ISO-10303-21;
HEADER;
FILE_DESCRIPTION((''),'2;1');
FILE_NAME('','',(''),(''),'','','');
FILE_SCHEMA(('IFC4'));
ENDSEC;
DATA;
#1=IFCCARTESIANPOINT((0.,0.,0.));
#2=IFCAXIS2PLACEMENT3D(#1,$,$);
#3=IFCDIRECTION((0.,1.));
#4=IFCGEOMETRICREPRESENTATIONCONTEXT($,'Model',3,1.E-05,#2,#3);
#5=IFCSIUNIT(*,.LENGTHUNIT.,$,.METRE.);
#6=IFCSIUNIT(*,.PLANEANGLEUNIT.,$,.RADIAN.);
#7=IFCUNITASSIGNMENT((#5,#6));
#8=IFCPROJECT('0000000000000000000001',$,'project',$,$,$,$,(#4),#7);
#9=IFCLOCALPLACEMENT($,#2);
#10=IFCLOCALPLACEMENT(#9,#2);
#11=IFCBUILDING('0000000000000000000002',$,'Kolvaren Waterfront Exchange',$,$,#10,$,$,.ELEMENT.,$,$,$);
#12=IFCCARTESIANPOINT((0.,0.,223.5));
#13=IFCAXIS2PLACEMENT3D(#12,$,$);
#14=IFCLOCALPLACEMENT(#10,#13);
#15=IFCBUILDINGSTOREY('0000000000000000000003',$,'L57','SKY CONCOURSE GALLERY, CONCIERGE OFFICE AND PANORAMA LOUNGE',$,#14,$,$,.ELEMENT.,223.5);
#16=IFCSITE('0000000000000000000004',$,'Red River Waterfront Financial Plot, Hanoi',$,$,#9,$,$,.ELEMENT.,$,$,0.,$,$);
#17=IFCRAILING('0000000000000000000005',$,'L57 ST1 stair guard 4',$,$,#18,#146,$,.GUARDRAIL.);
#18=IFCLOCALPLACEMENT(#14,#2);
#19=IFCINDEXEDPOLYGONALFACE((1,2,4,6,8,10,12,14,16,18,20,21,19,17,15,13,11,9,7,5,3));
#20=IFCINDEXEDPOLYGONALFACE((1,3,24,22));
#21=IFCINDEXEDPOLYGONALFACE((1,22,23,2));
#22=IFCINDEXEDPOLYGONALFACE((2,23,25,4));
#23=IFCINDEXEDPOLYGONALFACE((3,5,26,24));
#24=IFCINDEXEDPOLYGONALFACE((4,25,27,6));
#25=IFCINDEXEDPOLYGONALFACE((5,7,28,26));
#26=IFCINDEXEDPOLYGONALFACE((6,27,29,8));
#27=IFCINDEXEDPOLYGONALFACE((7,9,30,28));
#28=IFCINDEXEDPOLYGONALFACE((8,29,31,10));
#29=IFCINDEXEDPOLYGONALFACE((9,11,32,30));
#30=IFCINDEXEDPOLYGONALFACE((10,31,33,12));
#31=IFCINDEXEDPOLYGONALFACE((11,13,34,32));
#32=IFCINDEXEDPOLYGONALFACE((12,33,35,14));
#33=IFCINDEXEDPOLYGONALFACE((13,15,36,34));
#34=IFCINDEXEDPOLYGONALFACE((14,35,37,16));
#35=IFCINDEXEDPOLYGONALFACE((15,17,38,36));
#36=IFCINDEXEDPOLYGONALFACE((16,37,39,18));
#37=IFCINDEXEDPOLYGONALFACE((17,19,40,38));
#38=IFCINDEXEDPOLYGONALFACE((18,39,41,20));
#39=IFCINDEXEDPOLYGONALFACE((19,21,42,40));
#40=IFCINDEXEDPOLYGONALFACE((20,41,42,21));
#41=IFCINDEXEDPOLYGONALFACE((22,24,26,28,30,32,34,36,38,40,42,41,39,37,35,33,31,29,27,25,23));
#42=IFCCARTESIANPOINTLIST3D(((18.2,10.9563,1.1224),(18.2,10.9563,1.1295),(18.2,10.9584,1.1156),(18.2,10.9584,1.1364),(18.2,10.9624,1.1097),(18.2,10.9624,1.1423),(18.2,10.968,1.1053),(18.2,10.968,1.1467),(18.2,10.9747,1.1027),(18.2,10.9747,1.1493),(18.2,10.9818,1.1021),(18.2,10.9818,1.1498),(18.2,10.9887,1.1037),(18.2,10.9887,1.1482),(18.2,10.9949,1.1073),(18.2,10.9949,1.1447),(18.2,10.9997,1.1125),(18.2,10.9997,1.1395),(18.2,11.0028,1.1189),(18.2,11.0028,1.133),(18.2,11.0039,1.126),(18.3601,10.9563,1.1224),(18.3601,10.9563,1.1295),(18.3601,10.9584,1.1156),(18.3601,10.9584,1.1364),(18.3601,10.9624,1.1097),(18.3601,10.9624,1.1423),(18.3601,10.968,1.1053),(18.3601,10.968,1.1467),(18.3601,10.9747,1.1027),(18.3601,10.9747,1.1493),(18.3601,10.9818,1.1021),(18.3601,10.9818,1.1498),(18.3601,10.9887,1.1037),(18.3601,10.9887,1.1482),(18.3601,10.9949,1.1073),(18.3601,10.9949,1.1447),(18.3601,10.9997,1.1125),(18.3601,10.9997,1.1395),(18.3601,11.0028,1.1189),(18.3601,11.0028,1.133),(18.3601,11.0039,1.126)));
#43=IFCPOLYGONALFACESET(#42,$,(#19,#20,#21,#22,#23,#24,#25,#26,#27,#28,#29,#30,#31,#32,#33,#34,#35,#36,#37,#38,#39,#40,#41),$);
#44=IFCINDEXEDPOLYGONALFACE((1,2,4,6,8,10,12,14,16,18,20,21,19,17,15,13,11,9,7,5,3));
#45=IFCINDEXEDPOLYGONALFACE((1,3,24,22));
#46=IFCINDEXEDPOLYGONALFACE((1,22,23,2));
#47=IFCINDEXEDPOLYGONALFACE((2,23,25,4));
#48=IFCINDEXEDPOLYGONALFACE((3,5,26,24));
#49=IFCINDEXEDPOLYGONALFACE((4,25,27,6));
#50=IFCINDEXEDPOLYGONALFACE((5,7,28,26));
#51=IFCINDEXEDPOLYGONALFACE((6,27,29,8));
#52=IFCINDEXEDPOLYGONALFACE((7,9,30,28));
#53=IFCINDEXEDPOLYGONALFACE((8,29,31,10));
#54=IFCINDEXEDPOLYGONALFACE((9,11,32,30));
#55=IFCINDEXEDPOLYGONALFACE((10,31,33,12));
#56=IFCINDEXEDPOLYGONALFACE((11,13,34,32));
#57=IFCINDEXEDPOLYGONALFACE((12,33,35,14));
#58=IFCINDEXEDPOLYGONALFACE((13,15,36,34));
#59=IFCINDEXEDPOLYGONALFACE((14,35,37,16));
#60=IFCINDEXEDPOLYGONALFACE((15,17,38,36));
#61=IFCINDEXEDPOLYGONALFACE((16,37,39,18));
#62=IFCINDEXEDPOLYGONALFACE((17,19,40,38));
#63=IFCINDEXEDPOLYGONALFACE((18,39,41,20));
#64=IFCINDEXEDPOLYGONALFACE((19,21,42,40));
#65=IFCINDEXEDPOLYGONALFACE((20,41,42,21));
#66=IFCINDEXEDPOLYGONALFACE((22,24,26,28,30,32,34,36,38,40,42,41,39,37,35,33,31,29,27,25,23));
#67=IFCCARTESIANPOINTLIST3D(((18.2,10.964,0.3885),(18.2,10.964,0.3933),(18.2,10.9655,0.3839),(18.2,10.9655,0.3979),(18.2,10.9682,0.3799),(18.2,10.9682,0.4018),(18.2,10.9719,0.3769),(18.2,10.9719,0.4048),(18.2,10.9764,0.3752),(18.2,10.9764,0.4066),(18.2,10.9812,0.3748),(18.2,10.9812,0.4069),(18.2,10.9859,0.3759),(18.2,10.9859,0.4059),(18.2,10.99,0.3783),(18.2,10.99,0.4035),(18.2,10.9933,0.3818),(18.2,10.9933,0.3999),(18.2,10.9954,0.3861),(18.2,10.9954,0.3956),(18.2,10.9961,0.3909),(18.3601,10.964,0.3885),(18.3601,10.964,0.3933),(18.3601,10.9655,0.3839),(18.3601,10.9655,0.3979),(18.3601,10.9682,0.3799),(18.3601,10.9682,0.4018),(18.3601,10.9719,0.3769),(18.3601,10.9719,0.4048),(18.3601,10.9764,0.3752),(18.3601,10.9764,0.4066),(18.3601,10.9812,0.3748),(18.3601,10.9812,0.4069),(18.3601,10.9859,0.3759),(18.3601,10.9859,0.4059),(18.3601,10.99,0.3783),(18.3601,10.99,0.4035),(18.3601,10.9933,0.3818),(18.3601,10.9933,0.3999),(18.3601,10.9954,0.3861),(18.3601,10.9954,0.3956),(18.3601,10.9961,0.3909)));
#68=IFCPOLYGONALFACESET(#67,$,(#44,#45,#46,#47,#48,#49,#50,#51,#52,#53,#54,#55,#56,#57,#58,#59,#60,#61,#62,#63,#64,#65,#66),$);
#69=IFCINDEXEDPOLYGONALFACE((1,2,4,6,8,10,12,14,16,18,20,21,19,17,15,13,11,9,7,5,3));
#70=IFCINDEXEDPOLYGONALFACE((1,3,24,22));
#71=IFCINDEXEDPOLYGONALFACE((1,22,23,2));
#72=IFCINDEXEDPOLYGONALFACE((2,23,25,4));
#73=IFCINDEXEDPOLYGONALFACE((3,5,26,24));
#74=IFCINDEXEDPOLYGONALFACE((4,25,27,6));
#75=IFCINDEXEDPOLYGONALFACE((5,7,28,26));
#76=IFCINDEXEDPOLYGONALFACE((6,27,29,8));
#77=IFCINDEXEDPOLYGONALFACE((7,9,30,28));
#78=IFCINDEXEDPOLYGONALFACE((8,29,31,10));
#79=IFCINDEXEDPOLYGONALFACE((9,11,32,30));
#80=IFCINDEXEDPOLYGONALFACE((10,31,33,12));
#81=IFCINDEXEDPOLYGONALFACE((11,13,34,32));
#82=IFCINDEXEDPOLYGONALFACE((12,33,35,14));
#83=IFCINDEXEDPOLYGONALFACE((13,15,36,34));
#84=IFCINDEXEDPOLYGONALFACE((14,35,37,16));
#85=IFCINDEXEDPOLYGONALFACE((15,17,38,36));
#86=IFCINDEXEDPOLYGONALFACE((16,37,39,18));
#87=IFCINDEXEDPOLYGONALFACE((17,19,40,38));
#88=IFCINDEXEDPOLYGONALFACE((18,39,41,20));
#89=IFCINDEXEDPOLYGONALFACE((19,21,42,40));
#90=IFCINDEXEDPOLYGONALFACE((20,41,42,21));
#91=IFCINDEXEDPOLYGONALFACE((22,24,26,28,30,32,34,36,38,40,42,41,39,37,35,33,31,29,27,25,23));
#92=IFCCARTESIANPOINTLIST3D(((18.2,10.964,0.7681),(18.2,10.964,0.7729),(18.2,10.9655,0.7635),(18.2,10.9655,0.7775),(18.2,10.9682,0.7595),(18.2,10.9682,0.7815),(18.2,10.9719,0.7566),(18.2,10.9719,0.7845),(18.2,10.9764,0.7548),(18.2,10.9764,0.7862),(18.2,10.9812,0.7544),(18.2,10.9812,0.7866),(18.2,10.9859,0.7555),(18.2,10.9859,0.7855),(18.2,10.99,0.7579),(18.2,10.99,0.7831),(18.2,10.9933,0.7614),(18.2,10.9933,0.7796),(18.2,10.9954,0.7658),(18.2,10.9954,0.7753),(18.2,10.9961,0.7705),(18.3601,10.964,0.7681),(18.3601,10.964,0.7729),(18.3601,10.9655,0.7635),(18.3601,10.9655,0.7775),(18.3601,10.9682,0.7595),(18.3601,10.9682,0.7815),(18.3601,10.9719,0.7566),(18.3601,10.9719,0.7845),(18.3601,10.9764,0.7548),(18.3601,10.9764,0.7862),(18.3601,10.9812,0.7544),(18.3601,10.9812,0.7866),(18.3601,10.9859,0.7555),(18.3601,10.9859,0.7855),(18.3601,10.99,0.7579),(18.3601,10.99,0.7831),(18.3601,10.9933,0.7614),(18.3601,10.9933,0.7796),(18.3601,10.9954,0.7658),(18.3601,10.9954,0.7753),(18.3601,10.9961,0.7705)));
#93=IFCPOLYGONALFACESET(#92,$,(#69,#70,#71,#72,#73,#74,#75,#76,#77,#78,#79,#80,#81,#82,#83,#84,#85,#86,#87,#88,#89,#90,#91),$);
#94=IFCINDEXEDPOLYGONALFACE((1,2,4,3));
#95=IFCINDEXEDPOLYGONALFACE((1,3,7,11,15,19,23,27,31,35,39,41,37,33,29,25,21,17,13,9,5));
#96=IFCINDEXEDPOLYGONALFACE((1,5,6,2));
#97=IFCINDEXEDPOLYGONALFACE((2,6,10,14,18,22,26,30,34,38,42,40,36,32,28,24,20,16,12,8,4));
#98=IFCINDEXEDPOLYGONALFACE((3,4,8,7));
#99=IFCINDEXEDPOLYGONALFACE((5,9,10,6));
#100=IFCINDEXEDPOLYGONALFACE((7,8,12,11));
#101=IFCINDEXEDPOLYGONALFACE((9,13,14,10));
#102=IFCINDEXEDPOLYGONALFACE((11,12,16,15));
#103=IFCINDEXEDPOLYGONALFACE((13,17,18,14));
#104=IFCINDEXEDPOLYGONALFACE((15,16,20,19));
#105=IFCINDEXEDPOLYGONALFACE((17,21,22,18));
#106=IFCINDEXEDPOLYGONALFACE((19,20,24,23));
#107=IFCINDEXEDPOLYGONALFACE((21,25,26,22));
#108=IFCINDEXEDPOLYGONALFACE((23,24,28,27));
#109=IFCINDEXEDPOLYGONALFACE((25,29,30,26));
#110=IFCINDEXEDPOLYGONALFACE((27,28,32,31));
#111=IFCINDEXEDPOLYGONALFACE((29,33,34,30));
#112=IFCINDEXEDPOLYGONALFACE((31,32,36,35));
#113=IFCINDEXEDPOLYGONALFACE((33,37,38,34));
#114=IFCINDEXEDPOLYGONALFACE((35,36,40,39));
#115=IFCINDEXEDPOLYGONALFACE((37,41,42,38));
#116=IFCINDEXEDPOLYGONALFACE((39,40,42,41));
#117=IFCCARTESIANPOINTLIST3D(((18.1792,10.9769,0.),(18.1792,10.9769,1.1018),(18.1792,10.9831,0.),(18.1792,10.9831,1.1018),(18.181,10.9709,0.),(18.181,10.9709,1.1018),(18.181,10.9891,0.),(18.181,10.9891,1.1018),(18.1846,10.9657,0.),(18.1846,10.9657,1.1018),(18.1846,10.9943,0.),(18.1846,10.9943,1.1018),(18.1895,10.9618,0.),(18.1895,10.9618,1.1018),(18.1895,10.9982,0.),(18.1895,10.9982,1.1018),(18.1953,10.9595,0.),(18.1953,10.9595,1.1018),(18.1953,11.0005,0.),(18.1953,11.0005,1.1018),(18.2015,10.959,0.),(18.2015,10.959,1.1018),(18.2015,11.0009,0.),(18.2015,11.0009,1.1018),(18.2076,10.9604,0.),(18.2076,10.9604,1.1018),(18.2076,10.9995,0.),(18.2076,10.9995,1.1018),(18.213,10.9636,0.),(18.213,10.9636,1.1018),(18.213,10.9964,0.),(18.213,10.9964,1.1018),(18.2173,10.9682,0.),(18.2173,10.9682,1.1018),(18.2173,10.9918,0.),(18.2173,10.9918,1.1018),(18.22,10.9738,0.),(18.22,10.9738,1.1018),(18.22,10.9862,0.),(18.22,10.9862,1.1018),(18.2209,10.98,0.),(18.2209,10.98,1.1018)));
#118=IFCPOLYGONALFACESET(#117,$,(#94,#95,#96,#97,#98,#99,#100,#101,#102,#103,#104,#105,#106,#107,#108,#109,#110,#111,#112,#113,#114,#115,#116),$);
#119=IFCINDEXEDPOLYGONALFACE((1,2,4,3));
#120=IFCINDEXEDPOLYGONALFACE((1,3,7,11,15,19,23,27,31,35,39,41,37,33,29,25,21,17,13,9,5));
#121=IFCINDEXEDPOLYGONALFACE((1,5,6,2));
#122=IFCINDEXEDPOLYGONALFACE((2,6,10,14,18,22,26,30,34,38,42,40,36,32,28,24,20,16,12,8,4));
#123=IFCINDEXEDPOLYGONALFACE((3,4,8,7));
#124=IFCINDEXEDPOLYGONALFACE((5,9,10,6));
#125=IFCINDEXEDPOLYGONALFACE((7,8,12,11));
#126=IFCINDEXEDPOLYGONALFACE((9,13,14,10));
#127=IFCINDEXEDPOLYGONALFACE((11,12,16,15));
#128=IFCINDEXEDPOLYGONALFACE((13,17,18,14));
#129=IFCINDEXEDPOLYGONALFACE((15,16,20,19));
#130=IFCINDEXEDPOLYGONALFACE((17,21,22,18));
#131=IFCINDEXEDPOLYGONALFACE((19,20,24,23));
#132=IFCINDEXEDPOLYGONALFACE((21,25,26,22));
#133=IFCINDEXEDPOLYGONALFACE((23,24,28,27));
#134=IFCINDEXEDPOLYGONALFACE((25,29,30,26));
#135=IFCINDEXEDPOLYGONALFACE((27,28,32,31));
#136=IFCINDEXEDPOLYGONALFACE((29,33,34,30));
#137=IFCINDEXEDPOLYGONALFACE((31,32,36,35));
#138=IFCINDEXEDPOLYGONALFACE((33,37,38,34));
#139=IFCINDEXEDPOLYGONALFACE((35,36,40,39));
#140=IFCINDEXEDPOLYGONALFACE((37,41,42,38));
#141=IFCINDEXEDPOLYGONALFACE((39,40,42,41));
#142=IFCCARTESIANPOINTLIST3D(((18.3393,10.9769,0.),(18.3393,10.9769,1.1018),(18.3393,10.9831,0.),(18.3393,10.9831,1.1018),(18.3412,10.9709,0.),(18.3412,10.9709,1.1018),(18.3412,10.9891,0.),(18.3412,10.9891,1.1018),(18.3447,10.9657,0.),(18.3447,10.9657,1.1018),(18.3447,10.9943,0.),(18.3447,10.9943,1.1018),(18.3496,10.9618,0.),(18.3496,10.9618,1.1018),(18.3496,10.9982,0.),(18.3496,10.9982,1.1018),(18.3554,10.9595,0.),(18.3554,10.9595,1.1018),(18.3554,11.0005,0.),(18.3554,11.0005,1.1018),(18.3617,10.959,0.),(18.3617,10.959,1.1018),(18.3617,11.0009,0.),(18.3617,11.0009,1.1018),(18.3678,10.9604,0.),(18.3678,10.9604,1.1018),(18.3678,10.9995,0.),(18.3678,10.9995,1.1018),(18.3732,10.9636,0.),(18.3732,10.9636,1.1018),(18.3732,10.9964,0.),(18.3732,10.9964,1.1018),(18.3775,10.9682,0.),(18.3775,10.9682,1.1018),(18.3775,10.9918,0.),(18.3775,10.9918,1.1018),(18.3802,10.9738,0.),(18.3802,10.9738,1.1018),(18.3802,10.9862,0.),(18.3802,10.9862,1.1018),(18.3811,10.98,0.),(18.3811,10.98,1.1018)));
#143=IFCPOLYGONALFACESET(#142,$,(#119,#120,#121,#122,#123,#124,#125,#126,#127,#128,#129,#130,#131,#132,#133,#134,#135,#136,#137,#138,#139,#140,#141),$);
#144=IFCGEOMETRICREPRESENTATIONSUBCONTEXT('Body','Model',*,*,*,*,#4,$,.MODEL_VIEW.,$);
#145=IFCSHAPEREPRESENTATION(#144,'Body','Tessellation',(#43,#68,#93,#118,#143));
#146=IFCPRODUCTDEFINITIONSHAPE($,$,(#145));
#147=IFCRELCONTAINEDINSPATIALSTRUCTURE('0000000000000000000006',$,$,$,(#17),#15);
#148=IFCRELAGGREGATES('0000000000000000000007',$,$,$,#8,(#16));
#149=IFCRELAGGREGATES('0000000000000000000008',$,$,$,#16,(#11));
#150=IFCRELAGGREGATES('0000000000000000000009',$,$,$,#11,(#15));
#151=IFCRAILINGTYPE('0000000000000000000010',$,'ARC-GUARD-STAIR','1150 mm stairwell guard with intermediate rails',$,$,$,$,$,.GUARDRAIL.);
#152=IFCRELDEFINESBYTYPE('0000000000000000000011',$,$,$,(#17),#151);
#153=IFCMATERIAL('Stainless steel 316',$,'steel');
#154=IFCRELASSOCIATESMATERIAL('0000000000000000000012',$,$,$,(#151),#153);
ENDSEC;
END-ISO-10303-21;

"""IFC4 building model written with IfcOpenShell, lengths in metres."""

from ifc_helpers import new_model, si_unit, direction, frame, origin, origin_2d, place, context, subcontext, project, spatial, circle, extrude, material, type_object, element, save


model = new_model("IFC4")

# Units and contexts
model_context = context("Model", 3, precision=1e-05, world=origin(), true_north=direction((0.0, 1.0)))
body_context = subcontext(model_context, "Body", "Model", "MODEL_VIEW")
ifc_project = project(units=[si_unit("LENGTHUNIT", "METRE"), si_unit("PLANEANGLEUNIT", "RADIAN")], contexts=[model_context])

# Site, building, storey
site_placement = place(None, origin())
site = spatial("IfcSite", under=ifc_project, at=site_placement, Name="Red River Waterfront Financial Plot, Hanoi", CompositionType="ELEMENT", RefElevation=0.0)
building_placement = place(site_placement, origin())
building = spatial("IfcBuilding", under=site, at=building_placement, Name="Kolvaren Waterfront Exchange", CompositionType="ELEMENT")
storey_placement = place(building_placement, frame((0.0, 0.0, 223.5)))
storey = spatial("IfcBuildingStorey", under=building, at=storey_placement, Name="L57", Description="SKY CONCOURSE GALLERY, CONCIERGE OFFICE AND PANORAMA LOUNGE", CompositionType="ELEMENT", Elevation=223.5)

# Railing
ifc_material_1 = material(Name="Stainless steel 316", Category="steel")
railing_type_1 = type_object("IfcRailingType", Name="ARC-GUARD-STAIR", Description="1150 mm stairwell guard with intermediate rails", PredefinedType="GUARDRAIL", material=ifc_material_1)
railing_1_placement = place(storey_placement, frame((18.2, 10.98, 0.0)))
element("IfcRailing", 1, at=railing_1_placement, inside=storey, type_object=railing_type_1, Name="L57 ST1 stair guard 4", PredefinedType="GUARDRAIL", context=body_context, shape_type="SweptSolid", body=[
    extrude(circle(Radius=0.0239, at=origin_2d()), frame((0.0, 0.0, 1.126), z_axis=(1.0, 0.0, 0.0), x_axis=(0.0, 1.0, 0.0)), (0.0, 0.0, 1.0), 0.1602),
    extrude(circle(Radius=0.0161, at=origin_2d()), frame((0.0, 0.0, 0.3909), z_axis=(1.0, 0.0, 0.0), x_axis=(0.0, 1.0, 0.0)), (0.0, 0.0, 1.0), 0.1602),
    extrude(circle(Radius=0.0161, at=origin_2d()), frame((0.0, 0.0, 0.7705), z_axis=(1.0, 0.0, 0.0), x_axis=(0.0, 1.0, 0.0)), (0.0, 0.0, 1.0), 0.1602),
    extrude(circle(Radius=0.021, at=origin_2d()), origin(), (0.0, 0.0, 1.0), 1.1018),
    extrude(circle(Radius=0.021, at=origin_2d()), frame((0.1602, 0.0, 0.0)), (0.0, 0.0, 1.0), 1.1018),
])

save(model, "model.ifc")
